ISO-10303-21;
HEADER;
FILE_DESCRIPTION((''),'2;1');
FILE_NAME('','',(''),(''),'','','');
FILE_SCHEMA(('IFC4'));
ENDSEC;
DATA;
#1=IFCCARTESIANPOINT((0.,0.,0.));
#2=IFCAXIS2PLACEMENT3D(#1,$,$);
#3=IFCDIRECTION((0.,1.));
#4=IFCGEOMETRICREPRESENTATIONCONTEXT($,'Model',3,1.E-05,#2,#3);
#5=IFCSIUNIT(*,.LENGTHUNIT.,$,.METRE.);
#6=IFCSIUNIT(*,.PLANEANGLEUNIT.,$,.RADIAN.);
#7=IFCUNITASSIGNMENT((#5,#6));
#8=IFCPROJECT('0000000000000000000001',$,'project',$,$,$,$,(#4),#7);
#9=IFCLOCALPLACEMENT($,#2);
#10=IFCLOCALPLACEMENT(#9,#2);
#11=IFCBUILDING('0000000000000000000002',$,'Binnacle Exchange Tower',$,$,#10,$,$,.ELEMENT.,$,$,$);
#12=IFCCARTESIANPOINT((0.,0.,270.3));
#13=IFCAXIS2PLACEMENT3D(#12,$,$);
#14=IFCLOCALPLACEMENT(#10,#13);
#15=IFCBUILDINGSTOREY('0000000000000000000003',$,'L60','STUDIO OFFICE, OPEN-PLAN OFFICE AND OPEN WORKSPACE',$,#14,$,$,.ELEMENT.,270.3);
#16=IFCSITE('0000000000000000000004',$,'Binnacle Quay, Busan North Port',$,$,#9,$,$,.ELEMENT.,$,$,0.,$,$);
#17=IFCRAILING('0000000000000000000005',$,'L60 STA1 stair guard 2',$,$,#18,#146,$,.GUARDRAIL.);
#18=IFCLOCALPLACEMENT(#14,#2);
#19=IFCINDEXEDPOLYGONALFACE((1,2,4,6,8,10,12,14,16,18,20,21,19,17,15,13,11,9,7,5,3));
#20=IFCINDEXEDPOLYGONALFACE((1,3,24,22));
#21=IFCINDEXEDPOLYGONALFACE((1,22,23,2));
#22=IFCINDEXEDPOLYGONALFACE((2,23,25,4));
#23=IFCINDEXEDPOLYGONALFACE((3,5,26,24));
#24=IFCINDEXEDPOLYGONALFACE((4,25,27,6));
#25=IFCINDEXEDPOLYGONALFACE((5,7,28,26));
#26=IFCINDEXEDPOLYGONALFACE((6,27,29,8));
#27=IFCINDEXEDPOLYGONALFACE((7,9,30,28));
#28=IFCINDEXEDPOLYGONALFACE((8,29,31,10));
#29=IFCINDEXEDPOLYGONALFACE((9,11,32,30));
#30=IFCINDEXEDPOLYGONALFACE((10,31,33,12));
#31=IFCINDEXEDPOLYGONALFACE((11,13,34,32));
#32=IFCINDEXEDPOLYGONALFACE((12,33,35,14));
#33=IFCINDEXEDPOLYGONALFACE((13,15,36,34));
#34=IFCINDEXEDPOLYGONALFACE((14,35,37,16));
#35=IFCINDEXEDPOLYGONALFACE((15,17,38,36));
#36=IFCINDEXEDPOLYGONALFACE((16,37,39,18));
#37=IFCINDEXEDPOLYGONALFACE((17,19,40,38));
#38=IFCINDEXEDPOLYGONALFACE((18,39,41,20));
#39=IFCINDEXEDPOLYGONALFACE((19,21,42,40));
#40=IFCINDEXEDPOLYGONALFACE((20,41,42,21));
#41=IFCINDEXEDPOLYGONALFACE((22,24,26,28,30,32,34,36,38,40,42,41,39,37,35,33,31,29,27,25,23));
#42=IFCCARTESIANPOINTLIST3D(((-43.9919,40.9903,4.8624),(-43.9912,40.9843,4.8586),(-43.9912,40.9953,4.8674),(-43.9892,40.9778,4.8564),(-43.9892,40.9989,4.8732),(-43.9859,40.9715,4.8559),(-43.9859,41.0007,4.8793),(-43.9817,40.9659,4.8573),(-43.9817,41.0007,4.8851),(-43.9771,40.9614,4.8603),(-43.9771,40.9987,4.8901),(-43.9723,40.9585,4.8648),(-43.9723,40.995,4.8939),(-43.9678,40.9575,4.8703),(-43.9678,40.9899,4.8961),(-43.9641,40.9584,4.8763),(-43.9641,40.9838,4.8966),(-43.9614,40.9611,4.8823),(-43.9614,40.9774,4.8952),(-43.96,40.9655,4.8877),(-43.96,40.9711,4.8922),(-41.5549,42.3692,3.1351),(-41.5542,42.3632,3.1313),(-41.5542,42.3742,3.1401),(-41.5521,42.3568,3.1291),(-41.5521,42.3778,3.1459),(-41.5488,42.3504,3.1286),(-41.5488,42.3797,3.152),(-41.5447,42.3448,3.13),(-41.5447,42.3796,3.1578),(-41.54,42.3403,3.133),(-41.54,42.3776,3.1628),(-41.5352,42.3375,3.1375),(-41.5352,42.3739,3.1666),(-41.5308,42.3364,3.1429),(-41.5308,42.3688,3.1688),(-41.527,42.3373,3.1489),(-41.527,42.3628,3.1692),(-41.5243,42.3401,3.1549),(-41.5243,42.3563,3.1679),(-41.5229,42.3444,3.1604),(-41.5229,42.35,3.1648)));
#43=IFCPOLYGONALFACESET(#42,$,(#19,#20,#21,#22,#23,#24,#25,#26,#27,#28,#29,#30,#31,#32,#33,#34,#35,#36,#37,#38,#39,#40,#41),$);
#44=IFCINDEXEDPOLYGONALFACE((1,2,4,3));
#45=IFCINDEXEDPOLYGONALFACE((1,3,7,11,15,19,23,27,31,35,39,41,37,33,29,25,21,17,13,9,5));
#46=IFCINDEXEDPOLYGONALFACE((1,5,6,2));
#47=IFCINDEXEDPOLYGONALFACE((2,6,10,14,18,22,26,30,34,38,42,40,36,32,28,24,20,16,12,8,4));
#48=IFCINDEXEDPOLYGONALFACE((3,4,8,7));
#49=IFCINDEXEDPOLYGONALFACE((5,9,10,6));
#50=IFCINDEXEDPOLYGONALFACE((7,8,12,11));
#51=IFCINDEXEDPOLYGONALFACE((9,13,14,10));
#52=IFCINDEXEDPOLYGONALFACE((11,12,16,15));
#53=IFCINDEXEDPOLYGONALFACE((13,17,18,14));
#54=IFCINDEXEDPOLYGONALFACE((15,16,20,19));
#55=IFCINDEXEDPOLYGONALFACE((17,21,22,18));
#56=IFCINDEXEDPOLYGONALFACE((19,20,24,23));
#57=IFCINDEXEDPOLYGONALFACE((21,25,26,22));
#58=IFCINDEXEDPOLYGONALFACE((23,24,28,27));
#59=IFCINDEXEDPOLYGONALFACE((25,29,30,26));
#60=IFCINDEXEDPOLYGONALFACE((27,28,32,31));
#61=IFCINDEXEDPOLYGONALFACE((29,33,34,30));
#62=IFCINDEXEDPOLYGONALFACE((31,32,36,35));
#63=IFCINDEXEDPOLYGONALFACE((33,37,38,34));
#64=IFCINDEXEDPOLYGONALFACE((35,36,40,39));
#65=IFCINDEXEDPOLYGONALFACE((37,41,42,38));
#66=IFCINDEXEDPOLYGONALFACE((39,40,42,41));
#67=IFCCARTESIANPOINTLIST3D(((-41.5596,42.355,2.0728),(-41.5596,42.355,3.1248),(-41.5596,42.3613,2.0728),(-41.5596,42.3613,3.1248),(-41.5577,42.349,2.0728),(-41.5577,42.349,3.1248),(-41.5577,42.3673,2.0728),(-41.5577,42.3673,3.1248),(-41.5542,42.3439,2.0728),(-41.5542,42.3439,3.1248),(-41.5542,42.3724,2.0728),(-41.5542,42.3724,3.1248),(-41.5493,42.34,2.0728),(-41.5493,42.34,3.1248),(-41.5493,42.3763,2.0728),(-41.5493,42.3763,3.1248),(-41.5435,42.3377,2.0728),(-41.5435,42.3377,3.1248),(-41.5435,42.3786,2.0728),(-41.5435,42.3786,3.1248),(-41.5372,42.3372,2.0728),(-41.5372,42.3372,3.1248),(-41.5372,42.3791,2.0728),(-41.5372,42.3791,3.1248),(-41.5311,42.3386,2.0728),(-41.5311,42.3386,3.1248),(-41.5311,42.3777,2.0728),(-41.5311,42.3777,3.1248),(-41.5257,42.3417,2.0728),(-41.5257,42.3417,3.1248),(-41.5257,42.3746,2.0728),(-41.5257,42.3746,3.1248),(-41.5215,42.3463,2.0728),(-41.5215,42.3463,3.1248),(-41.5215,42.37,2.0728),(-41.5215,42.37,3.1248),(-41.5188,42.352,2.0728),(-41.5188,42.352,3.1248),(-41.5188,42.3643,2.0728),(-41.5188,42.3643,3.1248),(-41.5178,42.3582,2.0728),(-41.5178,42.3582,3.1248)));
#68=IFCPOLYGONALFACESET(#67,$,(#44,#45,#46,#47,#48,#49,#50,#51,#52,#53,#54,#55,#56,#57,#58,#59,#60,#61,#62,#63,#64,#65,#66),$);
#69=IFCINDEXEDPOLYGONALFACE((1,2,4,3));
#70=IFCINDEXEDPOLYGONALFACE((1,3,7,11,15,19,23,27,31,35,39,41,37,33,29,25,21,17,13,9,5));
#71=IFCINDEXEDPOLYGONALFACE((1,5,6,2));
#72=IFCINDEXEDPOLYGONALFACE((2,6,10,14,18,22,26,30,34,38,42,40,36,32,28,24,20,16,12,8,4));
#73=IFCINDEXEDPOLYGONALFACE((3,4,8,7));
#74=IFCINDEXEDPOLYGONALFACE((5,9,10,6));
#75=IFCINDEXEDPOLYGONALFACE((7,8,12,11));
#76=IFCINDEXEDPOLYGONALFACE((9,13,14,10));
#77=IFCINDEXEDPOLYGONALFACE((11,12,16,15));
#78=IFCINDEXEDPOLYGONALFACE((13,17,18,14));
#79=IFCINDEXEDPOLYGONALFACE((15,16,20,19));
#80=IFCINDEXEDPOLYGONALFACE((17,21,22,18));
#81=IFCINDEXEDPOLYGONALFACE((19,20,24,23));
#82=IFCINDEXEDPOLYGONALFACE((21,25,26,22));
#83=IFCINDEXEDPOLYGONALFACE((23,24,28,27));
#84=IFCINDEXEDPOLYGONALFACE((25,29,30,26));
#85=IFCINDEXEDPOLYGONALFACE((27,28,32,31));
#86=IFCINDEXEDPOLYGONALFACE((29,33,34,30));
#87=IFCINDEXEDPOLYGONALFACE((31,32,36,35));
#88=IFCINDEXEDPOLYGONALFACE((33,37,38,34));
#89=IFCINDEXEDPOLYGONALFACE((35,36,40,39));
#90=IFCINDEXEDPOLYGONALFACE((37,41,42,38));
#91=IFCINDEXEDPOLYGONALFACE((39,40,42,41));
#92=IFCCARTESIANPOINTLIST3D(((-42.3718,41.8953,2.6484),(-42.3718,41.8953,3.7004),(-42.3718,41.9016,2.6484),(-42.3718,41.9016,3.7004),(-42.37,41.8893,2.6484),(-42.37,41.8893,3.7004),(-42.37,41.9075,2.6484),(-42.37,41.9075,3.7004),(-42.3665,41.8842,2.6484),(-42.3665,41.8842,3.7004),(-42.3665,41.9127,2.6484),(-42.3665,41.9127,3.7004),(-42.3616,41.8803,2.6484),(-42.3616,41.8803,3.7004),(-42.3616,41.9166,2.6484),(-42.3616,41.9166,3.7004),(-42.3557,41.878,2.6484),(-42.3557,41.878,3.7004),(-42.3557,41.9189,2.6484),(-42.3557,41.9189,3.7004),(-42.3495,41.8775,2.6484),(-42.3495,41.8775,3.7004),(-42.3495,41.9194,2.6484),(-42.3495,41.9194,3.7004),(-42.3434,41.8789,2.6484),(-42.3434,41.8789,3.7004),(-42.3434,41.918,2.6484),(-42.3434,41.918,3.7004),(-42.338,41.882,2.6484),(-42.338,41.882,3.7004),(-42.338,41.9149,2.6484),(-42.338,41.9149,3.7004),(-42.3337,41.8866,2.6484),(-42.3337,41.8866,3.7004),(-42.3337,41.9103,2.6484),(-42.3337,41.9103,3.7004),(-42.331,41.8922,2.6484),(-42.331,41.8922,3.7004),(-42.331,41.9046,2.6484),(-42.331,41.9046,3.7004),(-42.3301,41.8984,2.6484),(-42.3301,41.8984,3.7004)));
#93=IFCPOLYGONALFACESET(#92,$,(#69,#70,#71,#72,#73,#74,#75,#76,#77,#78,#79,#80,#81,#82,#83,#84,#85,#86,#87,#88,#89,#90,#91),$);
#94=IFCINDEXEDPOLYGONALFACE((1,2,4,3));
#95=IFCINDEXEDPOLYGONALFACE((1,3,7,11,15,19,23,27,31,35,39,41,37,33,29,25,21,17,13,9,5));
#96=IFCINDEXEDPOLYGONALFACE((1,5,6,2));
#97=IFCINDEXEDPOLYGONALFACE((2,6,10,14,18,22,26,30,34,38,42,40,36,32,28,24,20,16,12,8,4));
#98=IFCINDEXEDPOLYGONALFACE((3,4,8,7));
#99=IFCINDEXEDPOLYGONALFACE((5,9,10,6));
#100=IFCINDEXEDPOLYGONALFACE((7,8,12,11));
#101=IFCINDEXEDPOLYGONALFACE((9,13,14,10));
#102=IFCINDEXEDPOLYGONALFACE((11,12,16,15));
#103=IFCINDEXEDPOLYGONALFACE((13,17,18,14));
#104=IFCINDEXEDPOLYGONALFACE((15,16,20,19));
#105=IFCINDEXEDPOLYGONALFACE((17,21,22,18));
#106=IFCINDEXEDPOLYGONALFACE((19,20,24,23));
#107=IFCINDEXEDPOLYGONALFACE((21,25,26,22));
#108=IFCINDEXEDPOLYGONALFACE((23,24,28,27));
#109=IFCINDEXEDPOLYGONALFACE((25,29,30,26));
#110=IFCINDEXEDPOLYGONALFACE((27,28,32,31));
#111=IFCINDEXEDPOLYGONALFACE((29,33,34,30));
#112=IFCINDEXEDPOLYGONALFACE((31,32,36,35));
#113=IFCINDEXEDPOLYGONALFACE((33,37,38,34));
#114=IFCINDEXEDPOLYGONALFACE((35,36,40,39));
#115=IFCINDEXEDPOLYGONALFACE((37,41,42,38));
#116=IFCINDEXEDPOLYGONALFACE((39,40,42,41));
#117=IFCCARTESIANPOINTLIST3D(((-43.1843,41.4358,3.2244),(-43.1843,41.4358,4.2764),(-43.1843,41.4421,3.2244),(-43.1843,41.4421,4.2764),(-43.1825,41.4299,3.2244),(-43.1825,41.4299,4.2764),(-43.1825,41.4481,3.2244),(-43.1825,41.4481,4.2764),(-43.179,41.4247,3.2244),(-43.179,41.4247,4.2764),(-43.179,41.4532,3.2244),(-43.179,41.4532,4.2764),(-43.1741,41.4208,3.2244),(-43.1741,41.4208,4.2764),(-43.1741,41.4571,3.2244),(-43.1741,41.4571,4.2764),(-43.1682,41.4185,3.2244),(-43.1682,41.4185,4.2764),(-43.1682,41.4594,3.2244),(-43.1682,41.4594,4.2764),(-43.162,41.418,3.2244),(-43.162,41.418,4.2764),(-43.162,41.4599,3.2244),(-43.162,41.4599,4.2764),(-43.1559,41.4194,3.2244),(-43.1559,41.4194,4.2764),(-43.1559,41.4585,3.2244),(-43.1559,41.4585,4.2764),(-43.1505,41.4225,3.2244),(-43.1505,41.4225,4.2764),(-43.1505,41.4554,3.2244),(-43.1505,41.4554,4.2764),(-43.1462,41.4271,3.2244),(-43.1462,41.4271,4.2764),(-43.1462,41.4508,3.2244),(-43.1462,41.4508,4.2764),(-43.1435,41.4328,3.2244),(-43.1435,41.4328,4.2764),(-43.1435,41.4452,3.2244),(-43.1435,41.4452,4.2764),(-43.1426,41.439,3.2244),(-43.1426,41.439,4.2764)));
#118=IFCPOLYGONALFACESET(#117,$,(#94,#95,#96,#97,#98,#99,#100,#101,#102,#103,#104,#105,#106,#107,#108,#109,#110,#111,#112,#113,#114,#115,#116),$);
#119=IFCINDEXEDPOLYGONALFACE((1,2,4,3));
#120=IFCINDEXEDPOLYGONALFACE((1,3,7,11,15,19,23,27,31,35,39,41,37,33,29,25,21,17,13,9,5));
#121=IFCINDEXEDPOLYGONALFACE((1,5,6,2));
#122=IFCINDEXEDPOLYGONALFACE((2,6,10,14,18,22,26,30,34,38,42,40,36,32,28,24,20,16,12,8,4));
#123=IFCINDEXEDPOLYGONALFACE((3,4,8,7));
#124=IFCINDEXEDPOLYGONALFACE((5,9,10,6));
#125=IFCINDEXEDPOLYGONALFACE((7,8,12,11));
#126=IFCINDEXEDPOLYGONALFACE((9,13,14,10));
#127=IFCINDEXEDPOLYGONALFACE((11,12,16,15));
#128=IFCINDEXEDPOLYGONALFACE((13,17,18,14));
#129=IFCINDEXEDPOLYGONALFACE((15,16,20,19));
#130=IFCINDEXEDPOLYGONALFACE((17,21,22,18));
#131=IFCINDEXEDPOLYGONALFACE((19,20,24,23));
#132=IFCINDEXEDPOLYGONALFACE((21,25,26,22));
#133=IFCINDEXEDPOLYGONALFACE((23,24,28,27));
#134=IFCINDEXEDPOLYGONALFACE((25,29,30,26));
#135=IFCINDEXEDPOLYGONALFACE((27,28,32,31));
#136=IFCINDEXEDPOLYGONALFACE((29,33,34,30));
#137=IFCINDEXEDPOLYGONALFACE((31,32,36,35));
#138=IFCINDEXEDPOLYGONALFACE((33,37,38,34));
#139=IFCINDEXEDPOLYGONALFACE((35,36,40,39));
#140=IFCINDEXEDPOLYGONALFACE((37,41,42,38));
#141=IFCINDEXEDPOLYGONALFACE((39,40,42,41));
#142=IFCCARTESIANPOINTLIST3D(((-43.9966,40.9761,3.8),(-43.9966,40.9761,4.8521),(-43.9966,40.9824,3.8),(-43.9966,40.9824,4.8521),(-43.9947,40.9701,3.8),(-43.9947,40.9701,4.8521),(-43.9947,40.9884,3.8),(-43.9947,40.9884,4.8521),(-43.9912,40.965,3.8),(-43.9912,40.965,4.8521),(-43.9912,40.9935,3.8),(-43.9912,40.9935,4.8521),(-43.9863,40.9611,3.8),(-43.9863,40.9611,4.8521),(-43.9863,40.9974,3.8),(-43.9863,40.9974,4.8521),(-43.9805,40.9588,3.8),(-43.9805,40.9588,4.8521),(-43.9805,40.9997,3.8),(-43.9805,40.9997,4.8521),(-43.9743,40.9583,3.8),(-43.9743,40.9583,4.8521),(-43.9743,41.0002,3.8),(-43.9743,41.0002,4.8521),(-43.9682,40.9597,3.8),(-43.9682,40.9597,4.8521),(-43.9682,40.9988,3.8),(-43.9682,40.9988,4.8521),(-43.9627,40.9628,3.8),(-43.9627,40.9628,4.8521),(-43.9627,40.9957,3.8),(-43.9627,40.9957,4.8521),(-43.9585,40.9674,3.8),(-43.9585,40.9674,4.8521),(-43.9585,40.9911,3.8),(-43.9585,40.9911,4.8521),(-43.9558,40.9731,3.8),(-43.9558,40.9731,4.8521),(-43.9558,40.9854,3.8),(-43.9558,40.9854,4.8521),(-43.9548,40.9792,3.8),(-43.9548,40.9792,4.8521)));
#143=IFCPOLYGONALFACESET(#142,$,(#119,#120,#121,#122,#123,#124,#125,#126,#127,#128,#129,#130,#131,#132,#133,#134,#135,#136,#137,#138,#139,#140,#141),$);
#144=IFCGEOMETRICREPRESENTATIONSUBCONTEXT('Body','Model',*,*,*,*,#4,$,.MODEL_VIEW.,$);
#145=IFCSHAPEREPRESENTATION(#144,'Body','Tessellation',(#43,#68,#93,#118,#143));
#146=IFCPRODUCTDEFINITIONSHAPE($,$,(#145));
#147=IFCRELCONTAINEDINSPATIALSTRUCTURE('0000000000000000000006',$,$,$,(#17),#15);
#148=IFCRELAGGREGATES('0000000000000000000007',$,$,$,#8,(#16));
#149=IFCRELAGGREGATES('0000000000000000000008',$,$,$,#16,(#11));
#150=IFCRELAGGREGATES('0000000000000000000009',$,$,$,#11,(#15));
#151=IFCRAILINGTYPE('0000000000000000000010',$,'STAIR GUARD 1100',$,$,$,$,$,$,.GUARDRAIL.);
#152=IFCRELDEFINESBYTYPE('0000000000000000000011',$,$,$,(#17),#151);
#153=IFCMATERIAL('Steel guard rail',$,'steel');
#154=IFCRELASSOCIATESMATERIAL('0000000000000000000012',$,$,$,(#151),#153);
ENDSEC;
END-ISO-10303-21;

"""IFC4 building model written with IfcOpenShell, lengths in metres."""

from ifc_helpers import new_model, si_unit, direction, frame, origin, origin_2d, place, context, subcontext, project, spatial, circle, extrude, material, type_object, element, save


model = new_model("IFC4")

# Units and contexts
model_context = context("Model", 3, precision=1e-05, world=origin(), true_north=direction((0.0, 1.0)))
body_context = subcontext(model_context, "Body", "Model", "MODEL_VIEW")
ifc_project = project(units=[si_unit("LENGTHUNIT", "METRE"), si_unit("PLANEANGLEUNIT", "RADIAN")], contexts=[model_context])

# Site, building, storey
site_placement = place(None, origin())
site = spatial("IfcSite", under=ifc_project, at=site_placement, Name="Binnacle Quay, Busan North Port", CompositionType="ELEMENT", RefElevation=0.0)
building_placement = place(site_placement, origin())
building = spatial("IfcBuilding", under=site, at=building_placement, Name="Binnacle Exchange Tower", CompositionType="ELEMENT")
storey_placement = place(building_placement, frame((0.0, 0.0, 270.3)))
storey = spatial("IfcBuildingStorey", under=building, at=storey_placement, Name="L60", Description="STUDIO OFFICE, OPEN-PLAN OFFICE AND OPEN WORKSPACE", CompositionType="ELEMENT", Elevation=270.3)

# Railing
ifc_material_1 = material(Name="Steel guard rail", Category="steel")
railing_type = type_object("IfcRailingType", Name="STAIR GUARD 1100", PredefinedType="GUARDRAIL", material=ifc_material_1)
railing_placement = place(storey_placement, frame((-41.5388, 42.3582, 2.0728)))
element("IfcRailing", 1, at=railing_placement, inside=storey, type_object=railing_type, Name="L60 STA1 stair guard 2", PredefinedType="GUARDRAIL", context=body_context, shape_type="SweptSolid", body=[
    extrude(circle(Radius=0.0239, at=origin_2d()), frame((0.0, 0.0, 1.0762), z_axis=(-0.740738, -0.419123, 0.525017), x_axis=(0.492454, -0.870339, 0.0)), (0.0, 0.0, 1.0), 3.29),
    extrude(circle(Radius=0.021, at=origin_2d()), origin(), (0.0, 0.0, 1.0), 1.052),
    extrude(circle(Radius=0.021, at=origin_2d()), frame((-0.8123, -0.4597, 0.5757)), (0.0, 0.0, 1.0), 1.052),
    extrude(circle(Radius=0.021, at=origin_2d()), frame((-1.6248, -0.9192, 1.1516)), (0.0, 0.0, 1.0), 1.052),
    extrude(circle(Radius=0.021, at=origin_2d()), frame((-2.437, -1.3789, 1.7273)), (0.0, 0.0, 1.0), 1.052),
])

save(model, "model.ifc")
